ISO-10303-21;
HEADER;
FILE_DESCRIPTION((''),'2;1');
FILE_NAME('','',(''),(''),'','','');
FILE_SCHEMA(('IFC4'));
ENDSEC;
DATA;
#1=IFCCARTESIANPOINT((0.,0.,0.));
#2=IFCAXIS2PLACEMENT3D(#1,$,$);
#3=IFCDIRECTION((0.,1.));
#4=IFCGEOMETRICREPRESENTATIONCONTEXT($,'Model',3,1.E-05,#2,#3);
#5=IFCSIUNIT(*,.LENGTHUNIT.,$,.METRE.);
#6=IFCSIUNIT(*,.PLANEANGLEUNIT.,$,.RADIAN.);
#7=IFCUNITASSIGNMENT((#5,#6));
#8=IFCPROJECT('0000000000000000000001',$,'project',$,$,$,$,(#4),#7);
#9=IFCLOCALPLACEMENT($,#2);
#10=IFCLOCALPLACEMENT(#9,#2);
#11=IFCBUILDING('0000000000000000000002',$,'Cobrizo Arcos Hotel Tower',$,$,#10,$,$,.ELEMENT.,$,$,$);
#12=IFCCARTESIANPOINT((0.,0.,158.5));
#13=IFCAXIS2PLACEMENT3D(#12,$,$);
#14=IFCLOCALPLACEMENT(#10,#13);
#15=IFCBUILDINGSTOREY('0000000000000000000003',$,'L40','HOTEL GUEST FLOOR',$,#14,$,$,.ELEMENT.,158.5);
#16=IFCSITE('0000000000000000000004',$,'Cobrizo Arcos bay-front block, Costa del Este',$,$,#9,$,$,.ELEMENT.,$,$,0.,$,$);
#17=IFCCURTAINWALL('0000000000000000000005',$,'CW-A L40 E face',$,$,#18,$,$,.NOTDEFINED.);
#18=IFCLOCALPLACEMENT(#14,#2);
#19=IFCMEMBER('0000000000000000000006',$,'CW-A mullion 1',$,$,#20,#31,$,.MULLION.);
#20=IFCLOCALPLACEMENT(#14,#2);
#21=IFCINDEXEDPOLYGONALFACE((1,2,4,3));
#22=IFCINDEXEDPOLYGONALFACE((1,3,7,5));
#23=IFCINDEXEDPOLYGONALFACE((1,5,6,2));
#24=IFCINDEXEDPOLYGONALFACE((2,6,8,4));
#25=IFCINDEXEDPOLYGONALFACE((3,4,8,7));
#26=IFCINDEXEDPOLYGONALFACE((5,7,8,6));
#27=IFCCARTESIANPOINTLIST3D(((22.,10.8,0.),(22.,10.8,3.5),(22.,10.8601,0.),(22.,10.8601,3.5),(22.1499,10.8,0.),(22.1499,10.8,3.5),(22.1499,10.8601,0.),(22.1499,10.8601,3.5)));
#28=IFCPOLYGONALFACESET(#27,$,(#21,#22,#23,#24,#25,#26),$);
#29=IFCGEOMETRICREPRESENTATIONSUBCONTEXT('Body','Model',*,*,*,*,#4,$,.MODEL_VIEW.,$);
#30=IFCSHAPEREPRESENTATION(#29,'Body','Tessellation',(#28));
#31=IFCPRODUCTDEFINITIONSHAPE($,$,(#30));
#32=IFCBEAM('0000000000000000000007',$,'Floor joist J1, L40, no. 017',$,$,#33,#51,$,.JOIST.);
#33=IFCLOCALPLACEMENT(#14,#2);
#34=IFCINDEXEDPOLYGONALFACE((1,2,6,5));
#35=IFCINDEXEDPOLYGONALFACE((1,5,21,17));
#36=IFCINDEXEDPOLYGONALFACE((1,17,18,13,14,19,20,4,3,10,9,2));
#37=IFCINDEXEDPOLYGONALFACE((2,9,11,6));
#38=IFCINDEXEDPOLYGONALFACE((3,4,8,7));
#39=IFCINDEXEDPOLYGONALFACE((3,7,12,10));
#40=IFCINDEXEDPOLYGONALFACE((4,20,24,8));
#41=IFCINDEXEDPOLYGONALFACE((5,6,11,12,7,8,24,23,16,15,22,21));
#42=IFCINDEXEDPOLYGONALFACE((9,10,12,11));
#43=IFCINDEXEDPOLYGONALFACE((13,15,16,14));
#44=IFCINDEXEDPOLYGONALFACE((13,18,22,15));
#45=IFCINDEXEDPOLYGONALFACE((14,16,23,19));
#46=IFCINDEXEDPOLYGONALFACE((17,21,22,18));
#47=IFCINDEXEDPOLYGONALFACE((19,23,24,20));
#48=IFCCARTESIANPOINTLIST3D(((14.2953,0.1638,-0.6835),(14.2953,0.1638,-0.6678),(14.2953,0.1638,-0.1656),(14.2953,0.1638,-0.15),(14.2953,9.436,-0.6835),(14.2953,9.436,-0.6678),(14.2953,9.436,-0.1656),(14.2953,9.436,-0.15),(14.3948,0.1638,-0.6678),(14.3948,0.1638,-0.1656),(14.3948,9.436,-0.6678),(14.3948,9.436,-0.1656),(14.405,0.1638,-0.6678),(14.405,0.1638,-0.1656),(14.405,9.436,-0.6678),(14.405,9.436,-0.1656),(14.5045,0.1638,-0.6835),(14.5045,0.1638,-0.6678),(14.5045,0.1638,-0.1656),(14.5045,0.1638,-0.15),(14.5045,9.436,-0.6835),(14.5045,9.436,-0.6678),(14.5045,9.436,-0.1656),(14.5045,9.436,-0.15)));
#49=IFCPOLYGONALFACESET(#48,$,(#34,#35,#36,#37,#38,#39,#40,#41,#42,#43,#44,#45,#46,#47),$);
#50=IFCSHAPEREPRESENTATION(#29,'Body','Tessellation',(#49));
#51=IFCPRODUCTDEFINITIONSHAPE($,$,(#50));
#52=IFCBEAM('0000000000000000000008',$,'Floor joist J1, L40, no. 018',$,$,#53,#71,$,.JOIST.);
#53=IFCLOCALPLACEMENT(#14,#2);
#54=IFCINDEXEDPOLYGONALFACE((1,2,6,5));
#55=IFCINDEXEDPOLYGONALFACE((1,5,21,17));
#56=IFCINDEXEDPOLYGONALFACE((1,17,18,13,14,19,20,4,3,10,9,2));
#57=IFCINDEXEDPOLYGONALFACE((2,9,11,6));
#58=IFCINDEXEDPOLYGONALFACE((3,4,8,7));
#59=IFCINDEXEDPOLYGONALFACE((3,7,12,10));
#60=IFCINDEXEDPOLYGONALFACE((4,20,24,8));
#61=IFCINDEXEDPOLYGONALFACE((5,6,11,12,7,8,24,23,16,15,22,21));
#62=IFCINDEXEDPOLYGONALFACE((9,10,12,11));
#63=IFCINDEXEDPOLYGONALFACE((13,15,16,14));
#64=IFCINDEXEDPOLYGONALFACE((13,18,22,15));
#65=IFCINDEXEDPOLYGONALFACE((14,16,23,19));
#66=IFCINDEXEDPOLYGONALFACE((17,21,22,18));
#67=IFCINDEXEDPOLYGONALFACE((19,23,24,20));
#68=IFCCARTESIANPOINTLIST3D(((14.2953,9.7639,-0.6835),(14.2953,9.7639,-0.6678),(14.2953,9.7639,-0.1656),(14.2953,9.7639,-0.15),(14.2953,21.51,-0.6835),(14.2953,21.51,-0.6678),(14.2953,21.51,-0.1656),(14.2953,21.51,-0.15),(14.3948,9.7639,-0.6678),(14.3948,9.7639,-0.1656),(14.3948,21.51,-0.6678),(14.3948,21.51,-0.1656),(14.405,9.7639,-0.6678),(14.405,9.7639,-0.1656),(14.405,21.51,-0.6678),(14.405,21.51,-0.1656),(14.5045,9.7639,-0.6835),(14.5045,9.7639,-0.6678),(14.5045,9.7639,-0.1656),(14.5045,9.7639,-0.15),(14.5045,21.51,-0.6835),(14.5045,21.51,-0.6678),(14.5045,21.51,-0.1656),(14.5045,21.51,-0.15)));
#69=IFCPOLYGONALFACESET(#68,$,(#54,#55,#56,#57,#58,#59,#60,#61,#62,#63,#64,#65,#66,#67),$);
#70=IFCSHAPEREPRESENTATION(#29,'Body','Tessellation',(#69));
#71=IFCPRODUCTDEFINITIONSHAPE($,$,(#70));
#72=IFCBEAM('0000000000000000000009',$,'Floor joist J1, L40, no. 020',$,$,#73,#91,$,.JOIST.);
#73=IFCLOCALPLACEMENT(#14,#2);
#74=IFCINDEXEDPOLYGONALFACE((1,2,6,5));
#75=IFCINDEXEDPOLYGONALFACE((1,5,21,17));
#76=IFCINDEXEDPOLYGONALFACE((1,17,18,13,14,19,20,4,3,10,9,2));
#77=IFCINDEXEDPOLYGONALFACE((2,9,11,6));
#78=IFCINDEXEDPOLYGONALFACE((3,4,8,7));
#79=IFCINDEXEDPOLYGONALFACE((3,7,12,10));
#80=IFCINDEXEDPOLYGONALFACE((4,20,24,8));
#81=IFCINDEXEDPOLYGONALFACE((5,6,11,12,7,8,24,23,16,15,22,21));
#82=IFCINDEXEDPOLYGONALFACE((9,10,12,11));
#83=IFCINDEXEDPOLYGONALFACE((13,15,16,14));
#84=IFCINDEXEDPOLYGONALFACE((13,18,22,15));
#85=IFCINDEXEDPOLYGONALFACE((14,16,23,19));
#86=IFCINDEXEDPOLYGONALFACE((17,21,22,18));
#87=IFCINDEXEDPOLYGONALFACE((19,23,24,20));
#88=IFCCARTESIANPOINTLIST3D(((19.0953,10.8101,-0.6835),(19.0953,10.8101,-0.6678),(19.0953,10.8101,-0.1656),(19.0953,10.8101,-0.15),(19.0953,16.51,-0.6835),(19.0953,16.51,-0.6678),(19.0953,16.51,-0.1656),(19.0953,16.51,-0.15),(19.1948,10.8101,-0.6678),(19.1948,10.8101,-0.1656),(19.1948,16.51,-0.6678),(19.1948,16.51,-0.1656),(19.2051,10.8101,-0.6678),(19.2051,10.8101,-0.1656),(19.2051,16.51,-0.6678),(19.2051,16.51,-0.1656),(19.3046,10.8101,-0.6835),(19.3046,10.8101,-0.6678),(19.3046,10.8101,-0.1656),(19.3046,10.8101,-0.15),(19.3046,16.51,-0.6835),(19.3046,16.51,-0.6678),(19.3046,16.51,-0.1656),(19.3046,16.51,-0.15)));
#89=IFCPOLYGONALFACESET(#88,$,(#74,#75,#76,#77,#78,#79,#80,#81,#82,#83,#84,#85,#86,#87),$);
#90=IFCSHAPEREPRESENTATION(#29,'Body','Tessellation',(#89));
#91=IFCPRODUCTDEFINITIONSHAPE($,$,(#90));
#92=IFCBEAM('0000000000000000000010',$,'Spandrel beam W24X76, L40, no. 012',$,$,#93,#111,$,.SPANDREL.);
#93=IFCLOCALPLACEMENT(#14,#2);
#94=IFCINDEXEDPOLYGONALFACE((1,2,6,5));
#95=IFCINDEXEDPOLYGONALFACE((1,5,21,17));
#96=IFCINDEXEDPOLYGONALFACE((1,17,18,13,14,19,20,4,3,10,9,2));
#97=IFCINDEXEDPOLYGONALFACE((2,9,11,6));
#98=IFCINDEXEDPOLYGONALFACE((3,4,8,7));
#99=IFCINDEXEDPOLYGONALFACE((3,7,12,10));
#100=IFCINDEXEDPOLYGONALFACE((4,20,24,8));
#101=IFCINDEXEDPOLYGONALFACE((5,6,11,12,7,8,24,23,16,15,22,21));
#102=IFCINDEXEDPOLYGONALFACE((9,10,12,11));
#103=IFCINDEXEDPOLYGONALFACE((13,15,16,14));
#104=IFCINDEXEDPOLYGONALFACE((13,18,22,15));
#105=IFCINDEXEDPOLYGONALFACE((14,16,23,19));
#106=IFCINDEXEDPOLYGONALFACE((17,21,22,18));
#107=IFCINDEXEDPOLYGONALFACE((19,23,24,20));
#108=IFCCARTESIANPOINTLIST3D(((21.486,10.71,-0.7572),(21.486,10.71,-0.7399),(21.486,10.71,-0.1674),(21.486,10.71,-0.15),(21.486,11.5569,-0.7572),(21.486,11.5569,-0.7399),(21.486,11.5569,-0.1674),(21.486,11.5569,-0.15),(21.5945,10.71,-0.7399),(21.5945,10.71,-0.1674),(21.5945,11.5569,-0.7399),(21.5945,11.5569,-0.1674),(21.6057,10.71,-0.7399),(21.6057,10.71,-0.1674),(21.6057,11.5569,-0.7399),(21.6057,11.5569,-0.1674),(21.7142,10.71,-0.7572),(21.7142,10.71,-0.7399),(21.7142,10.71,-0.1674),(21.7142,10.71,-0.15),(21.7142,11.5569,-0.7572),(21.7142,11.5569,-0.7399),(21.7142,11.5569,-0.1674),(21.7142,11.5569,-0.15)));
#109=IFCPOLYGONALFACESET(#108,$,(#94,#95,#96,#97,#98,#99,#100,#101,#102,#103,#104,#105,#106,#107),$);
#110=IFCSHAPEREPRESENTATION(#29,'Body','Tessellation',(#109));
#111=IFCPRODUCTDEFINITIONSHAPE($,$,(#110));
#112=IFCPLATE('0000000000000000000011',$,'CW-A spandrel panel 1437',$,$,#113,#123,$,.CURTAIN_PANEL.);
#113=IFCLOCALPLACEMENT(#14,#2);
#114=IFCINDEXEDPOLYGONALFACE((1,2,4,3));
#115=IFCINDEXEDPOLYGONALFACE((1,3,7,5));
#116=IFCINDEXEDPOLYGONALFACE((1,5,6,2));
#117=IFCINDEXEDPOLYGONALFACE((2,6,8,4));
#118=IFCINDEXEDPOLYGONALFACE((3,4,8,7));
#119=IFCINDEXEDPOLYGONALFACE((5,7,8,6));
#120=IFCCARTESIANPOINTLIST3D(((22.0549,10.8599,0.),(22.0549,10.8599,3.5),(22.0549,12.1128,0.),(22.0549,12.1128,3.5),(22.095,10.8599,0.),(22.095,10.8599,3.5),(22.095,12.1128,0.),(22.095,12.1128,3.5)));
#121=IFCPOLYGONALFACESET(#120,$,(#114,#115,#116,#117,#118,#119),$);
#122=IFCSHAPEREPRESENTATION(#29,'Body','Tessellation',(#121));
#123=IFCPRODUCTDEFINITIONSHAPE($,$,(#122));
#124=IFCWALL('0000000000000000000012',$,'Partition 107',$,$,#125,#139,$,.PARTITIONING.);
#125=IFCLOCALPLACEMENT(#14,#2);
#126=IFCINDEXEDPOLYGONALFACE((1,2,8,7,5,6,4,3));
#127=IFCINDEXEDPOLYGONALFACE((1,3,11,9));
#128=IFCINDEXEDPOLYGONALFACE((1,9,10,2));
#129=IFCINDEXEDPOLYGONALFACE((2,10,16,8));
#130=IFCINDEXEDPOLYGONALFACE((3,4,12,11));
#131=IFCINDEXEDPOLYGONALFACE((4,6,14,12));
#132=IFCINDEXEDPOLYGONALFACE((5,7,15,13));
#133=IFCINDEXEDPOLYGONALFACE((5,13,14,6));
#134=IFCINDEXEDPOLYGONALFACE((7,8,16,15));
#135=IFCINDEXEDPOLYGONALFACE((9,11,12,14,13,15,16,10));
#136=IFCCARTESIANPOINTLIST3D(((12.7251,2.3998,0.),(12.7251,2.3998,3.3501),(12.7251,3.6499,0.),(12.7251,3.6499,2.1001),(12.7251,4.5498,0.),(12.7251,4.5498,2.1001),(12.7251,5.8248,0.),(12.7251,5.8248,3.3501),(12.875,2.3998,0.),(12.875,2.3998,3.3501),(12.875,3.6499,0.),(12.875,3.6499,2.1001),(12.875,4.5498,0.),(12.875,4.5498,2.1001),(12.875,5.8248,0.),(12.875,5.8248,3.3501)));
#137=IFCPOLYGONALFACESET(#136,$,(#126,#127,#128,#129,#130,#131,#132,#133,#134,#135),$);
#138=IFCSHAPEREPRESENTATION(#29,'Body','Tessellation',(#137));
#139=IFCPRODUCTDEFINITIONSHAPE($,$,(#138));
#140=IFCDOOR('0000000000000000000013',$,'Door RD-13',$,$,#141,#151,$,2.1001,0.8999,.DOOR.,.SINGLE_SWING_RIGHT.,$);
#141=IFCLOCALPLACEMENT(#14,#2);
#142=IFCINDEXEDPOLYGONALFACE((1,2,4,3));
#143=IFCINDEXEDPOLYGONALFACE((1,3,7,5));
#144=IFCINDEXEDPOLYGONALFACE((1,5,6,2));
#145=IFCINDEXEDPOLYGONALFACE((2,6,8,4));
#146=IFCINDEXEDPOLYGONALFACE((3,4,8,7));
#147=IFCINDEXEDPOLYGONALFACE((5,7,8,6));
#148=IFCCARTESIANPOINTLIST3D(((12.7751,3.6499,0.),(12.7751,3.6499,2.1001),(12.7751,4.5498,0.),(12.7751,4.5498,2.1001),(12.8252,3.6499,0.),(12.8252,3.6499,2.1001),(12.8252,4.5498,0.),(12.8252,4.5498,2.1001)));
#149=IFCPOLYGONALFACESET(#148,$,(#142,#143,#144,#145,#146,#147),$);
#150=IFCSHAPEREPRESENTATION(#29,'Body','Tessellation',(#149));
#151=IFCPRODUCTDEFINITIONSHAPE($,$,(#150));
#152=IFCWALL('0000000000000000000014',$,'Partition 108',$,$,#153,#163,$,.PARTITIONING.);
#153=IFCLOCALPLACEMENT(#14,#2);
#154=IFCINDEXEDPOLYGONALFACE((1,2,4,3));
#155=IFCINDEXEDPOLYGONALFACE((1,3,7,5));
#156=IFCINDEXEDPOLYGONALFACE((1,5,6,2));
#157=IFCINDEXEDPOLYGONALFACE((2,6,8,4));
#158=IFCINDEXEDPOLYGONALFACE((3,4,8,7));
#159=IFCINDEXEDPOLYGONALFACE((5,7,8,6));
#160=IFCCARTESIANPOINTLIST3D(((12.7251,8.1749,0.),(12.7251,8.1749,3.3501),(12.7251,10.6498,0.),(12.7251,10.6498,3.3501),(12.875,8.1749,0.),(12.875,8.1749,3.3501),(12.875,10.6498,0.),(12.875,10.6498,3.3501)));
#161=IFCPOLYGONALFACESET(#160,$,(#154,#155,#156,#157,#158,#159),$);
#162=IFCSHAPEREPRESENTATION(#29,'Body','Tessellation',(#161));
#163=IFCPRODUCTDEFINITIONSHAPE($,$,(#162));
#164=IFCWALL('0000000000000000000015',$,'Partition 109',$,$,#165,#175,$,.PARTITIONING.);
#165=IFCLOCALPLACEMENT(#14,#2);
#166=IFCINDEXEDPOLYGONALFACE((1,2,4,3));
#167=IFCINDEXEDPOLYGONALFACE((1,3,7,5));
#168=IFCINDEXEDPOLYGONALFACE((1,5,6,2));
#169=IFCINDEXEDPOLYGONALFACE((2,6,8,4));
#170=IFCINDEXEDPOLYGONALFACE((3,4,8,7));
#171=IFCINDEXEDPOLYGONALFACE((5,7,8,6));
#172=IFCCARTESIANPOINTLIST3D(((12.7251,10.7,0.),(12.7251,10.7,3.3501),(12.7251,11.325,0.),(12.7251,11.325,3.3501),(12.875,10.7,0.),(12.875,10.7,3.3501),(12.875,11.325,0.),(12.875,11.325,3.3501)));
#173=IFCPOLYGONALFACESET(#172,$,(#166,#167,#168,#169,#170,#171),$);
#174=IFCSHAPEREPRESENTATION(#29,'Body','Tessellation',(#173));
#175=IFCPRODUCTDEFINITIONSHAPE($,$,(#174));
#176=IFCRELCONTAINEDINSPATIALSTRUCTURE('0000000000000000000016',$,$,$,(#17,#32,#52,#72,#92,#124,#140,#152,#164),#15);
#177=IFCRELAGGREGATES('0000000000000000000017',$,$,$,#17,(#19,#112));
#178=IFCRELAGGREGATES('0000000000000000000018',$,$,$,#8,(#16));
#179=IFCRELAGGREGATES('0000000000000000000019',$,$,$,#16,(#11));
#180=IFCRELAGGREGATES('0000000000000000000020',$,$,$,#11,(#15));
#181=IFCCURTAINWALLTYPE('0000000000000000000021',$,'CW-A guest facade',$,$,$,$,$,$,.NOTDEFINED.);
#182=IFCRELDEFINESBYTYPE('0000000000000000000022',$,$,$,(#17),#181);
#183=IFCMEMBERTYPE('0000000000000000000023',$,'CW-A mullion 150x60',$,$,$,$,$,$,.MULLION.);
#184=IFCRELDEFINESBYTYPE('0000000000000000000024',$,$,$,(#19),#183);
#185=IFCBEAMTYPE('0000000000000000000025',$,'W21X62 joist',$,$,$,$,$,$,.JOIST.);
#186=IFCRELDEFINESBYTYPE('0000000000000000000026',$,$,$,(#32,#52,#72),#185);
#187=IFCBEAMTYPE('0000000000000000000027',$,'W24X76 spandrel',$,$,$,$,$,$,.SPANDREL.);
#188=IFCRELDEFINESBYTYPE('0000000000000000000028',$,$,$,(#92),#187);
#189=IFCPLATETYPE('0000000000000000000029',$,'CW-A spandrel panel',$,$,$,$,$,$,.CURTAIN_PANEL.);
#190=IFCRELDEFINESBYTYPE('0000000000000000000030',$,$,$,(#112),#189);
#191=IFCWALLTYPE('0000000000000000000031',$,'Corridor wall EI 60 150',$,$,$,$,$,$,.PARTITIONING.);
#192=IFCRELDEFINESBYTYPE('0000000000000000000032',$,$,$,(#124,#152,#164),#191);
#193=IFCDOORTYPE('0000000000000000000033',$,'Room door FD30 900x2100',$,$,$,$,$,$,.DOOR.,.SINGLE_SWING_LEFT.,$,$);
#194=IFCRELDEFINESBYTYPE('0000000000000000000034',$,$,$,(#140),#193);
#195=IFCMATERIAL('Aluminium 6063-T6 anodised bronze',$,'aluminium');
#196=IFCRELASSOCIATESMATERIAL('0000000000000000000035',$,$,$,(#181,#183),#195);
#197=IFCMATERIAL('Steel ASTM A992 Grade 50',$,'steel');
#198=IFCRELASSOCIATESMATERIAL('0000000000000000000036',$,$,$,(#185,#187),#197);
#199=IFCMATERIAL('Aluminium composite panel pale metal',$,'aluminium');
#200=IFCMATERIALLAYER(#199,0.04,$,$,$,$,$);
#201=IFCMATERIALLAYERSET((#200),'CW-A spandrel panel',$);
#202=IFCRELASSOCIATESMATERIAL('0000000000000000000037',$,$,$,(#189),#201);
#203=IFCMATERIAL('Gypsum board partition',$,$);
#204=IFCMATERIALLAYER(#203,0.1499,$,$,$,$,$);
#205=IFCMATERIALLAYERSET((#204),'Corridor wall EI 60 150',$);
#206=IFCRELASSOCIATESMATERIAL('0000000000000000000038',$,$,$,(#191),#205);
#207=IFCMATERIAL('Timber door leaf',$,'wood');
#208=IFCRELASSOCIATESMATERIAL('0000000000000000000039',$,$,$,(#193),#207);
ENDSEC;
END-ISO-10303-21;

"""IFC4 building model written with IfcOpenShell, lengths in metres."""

from ifc_helpers import new_model, si_unit, direction, frame, frame_2d, origin, origin_2d, place, context, subcontext, project, spatial, rectangle, i_section, extrude, material, layer, layer_set, material_profile, profile_set, type_object, element, fill, aggregate, save


model = new_model("IFC4")

# Units and contexts
model_context = context("Model", 3, precision=1e-05, world=origin(), true_north=direction((0.0, 1.0)))
body_context = subcontext(model_context, "Body", "Model", "MODEL_VIEW")
ifc_project = project(units=[si_unit("LENGTHUNIT", "METRE"), si_unit("PLANEANGLEUNIT", "RADIAN")], contexts=[model_context])

# Site, building, storey
site_placement = place(None, origin())
site = spatial("IfcSite", under=ifc_project, at=site_placement, Name="Cobrizo Arcos bay-front block, Costa del Este", CompositionType="ELEMENT", RefElevation=0.0)
building_placement = place(site_placement, origin())
building = spatial("IfcBuilding", under=site, at=building_placement, Name="Cobrizo Arcos Hotel Tower", CompositionType="ELEMENT")
storey_placement = place(building_placement, frame((0.0, 0.0, 158.5)))
storey = spatial("IfcBuildingStorey", under=building, at=storey_placement, Name="L40", Description="HOTEL GUEST FLOOR", CompositionType="ELEMENT", Elevation=158.5)

# Curtain wall, member
ifc_material_1 = material(Name="Aluminium 6063-T6 anodised bronze", Category="aluminium")
curtain_wall_type = type_object("IfcCurtainWallType", Name="CW-A guest facade", PredefinedType="NOTDEFINED", material=ifc_material_1)
curtain_wall_placement = place(storey_placement, origin())
curtain_wall = element("IfcCurtainWall", 1, at=curtain_wall_placement, inside=storey, type_object=curtain_wall_type, Name="CW-A L40 E face", PredefinedType="NOTDEFINED")
ifc_material_profile_1 = material_profile(ifc_material_1, rectangle(XDim=0.1499, YDim=0.0601, at=origin_2d()), Name="CW-A mullion 150x60")
ifc_profile_set_1 = profile_set([ifc_material_profile_1], Name="Aluminium 6063-T6 anodised bronze")
member_type = type_object("IfcMemberType", Name="CW-A mullion 150x60", PredefinedType="MULLION", material=ifc_profile_set_1)
member_placement = place(storey_placement, frame((22.075, 10.8301, 0.0), z_axis=(0.0, 0.0, 1.0), x_axis=(1.0, 0.0, 0.0)))
member = element("IfcMember", 2, at=member_placement, type_object=member_type, Name="CW-A mullion 1", PredefinedType="MULLION", context=body_context, shape_type="SweptSolid", body=[
    extrude(rectangle(XDim=0.1499, YDim=0.0601, at=origin_2d()), origin(), (0.0, 0.0, 1.0), 3.5),
])

# Beams
ifc_material_2 = material(Name="Steel ASTM A992 Grade 50", Category="steel")
ifc_material_profile_2 = material_profile(ifc_material_2, i_section(OverallWidth=0.2092, OverallDepth=0.5334, WebThickness=0.0103, FlangeThickness=0.0156, at=origin_2d()), Name="W21X62")
ifc_profile_set_2 = profile_set([ifc_material_profile_2], Name="Steel ASTM A992 Grade 50")
beam_type_1 = type_object("IfcBeamType", Name="W21X62 joist", PredefinedType="JOIST", material=ifc_profile_set_2)
beam_1_placement = place(storey_placement, frame((14.3999, 0.1638, -0.4167), z_axis=(0.0, 1.0, 0.0), x_axis=(-1.0, 0.0, 0.0)))
element("IfcBeam", 3, at=beam_1_placement, inside=storey, type_object=beam_type_1, Name="Floor joist J1, L40, no. 017", PredefinedType="JOIST", context=body_context, shape_type="SweptSolid", body=[
    extrude(i_section(OverallWidth=0.2092, OverallDepth=0.5334, WebThickness=0.0103, FlangeThickness=0.0156, at=origin_2d()), origin(), (0.0, 0.0, 1.0), 9.2722),
])
beam_2_placement = place(storey_placement, frame((14.3999, 9.7639, -0.4167), z_axis=(0.0, 1.0, 0.0), x_axis=(-1.0, 0.0, 0.0)))
element("IfcBeam", 4, at=beam_2_placement, inside=storey, type_object=beam_type_1, Name="Floor joist J1, L40, no. 018", PredefinedType="JOIST", context=body_context, shape_type="SweptSolid", body=[
    extrude(i_section(OverallWidth=0.2092, OverallDepth=0.5334, WebThickness=0.0103, FlangeThickness=0.0156, at=origin_2d()), origin(), (0.0, 0.0, 1.0), 11.7461),
])
beam_3_placement = place(storey_placement, frame((19.2, 10.8101, -0.4167), z_axis=(0.0, 1.0, 0.0), x_axis=(-1.0, 0.0, 0.0)))
element("IfcBeam", 5, at=beam_3_placement, inside=storey, type_object=beam_type_1, Name="Floor joist J1, L40, no. 020", PredefinedType="JOIST", context=body_context, shape_type="SweptSolid", body=[
    extrude(i_section(OverallWidth=0.2092, OverallDepth=0.5334, WebThickness=0.0103, FlangeThickness=0.0156, at=origin_2d()), origin(), (0.0, 0.0, 1.0), 5.7),
])
ifc_material_profile_3 = material_profile(ifc_material_2, i_section(OverallWidth=0.2283, OverallDepth=0.6072, WebThickness=0.0112, FlangeThickness=0.0173, at=origin_2d()), Name="W24X76")
ifc_profile_set_3 = profile_set([ifc_material_profile_3], Name="Steel ASTM A992 Grade 50")
beam_type_2 = type_object("IfcBeamType", Name="W24X76 spandrel", PredefinedType="SPANDREL", material=ifc_profile_set_3)
beam_4_placement = place(storey_placement, frame((21.6001, 10.71, -0.4536), z_axis=(0.0, 1.0, 0.0), x_axis=(-1.0, 0.0, 0.0)))
element("IfcBeam", 6, at=beam_4_placement, inside=storey, type_object=beam_type_2, Name="Spandrel beam W24X76, L40, no. 012", PredefinedType="SPANDREL", context=body_context, shape_type="SweptSolid", body=[
    extrude(i_section(OverallWidth=0.2283, OverallDepth=0.6072, WebThickness=0.0112, FlangeThickness=0.0173, at=origin_2d()), origin(), (0.0, 0.0, 1.0), 0.8469),
])

# Plate
ifc_material_3 = material(Name="Aluminium composite panel pale metal", Category="aluminium")
ifc_layer_1 = layer(ifc_material_3, 0.04)
ifc_layer_set_1 = layer_set([ifc_layer_1], Name="CW-A spandrel panel")
plate_type = type_object("IfcPlateType", Name="CW-A spandrel panel", PredefinedType="CURTAIN_PANEL", material=ifc_layer_set_1)
plate_placement = place(storey_placement, frame((22.075, 11.4863, 0.0), z_axis=(0.0, 0.0, 1.0), x_axis=(0.0, 1.0, 0.0)))
plate = element("IfcPlate", 7, at=plate_placement, type_object=plate_type, Name="CW-A spandrel panel 1437", PredefinedType="CURTAIN_PANEL", context=body_context, shape_type="SweptSolid", body=[
    extrude(rectangle(XDim=1.2529, YDim=0.04, at=origin_2d()), origin(), (0.0, 0.0, 1.0), 3.5),
])
aggregate(curtain_wall, [member, plate])

# Wall, opening, door
ifc_material_4 = material(Name="Gypsum board partition")
ifc_layer_2 = layer(ifc_material_4, 0.1499)
ifc_layer_set_2 = layer_set([ifc_layer_2], Name="Corridor wall EI 60 150")
wall_type_1 = type_object("IfcWallType", Name="Corridor wall EI 60 150", PredefinedType="PARTITIONING", material=ifc_layer_set_2)
wall_1_placement = place(storey_placement, frame((12.8, 2.3999, 0.0), z_axis=(0.0, 0.0, 1.0), x_axis=(0.0, 1.0, 0.0)))
wall_1 = element("IfcWall", 8, at=wall_1_placement, inside=storey, type_object=wall_type_1, Name="Partition 107", PredefinedType="PARTITIONING", context=body_context, shape_type="SweptSolid", body=[
    extrude(rectangle(XDim=3.425, YDim=0.1499, at=frame_2d((1.7124, 0.0))), origin(), (0.0, 0.0, 1.0), 3.3501),
])
opening_1_placement = place(wall_1_placement, frame((1.25, 0.0, 0.0)))
opening_1 = element("IfcOpeningElement", 9, at=opening_1_placement, cuts=wall_1, PredefinedType="OPENING", context=body_context, shape_type="SweptSolid", body=[
    extrude(rectangle(XDim=0.8999, YDim=2.1001, at=frame_2d((0.45, 1.05))), frame((0.0, 0.0869, 0.0), z_axis=(0.0, -1.0, 0.0), x_axis=(1.0, 0.0, 0.0)), (0.0, 0.0, 1.0), 0.1738),
])
ifc_material_5 = material(Name="Timber door leaf", Category="wood")
door_type_1 = type_object("IfcDoorType", Name="Room door FD30 900x2100", OperationType="SINGLE_SWING_LEFT", PredefinedType="DOOR", material=ifc_material_5)
door_1_placement = place(opening_1_placement, origin())
door_1 = element("IfcDoor", 10, at=door_1_placement, inside=storey, type_object=door_type_1, Name="Door RD-13", OperationType="SINGLE_SWING_RIGHT", OverallHeight=2.1001, OverallWidth=0.8999, PredefinedType="DOOR", context=body_context, shape_type="SweptSolid", body=[
    extrude(rectangle(XDim=0.8999, YDim=2.1001, at=frame_2d((0.45, 1.05))), frame((0.0, 0.0249, 0.0), z_axis=(0.0, -1.0, 0.0), x_axis=(1.0, 0.0, 0.0)), (0.0, 0.0, 1.0), 0.05),
])
fill(opening_1, door_1)

# Walls
wall_2_placement = place(storey_placement, frame((12.8, 8.175, 0.0), z_axis=(0.0, 0.0, 1.0), x_axis=(0.0, 1.0, 0.0)))
element("IfcWall", 11, at=wall_2_placement, inside=storey, type_object=wall_type_1, Name="Partition 108", PredefinedType="PARTITIONING", context=body_context, shape_type="SweptSolid", body=[
    extrude(rectangle(XDim=2.4749, YDim=0.1499, at=frame_2d((1.2373, 0.0))), origin(), (0.0, 0.0, 1.0), 3.3501),
])
wall_3_placement = place(storey_placement, frame((12.8, 10.7, 0.0), z_axis=(0.0, 0.0, 1.0), x_axis=(0.0, 1.0, 0.0)))
element("IfcWall", 12, at=wall_3_placement, inside=storey, type_object=wall_type_1, Name="Partition 109", PredefinedType="PARTITIONING", context=body_context, shape_type="SweptSolid", body=[
    extrude(rectangle(XDim=0.625, YDim=0.1499, at=frame_2d((0.3125, 0.0))), origin(), (0.0, 0.0, 1.0), 3.3501),
])

save(model, "model.ifc")
